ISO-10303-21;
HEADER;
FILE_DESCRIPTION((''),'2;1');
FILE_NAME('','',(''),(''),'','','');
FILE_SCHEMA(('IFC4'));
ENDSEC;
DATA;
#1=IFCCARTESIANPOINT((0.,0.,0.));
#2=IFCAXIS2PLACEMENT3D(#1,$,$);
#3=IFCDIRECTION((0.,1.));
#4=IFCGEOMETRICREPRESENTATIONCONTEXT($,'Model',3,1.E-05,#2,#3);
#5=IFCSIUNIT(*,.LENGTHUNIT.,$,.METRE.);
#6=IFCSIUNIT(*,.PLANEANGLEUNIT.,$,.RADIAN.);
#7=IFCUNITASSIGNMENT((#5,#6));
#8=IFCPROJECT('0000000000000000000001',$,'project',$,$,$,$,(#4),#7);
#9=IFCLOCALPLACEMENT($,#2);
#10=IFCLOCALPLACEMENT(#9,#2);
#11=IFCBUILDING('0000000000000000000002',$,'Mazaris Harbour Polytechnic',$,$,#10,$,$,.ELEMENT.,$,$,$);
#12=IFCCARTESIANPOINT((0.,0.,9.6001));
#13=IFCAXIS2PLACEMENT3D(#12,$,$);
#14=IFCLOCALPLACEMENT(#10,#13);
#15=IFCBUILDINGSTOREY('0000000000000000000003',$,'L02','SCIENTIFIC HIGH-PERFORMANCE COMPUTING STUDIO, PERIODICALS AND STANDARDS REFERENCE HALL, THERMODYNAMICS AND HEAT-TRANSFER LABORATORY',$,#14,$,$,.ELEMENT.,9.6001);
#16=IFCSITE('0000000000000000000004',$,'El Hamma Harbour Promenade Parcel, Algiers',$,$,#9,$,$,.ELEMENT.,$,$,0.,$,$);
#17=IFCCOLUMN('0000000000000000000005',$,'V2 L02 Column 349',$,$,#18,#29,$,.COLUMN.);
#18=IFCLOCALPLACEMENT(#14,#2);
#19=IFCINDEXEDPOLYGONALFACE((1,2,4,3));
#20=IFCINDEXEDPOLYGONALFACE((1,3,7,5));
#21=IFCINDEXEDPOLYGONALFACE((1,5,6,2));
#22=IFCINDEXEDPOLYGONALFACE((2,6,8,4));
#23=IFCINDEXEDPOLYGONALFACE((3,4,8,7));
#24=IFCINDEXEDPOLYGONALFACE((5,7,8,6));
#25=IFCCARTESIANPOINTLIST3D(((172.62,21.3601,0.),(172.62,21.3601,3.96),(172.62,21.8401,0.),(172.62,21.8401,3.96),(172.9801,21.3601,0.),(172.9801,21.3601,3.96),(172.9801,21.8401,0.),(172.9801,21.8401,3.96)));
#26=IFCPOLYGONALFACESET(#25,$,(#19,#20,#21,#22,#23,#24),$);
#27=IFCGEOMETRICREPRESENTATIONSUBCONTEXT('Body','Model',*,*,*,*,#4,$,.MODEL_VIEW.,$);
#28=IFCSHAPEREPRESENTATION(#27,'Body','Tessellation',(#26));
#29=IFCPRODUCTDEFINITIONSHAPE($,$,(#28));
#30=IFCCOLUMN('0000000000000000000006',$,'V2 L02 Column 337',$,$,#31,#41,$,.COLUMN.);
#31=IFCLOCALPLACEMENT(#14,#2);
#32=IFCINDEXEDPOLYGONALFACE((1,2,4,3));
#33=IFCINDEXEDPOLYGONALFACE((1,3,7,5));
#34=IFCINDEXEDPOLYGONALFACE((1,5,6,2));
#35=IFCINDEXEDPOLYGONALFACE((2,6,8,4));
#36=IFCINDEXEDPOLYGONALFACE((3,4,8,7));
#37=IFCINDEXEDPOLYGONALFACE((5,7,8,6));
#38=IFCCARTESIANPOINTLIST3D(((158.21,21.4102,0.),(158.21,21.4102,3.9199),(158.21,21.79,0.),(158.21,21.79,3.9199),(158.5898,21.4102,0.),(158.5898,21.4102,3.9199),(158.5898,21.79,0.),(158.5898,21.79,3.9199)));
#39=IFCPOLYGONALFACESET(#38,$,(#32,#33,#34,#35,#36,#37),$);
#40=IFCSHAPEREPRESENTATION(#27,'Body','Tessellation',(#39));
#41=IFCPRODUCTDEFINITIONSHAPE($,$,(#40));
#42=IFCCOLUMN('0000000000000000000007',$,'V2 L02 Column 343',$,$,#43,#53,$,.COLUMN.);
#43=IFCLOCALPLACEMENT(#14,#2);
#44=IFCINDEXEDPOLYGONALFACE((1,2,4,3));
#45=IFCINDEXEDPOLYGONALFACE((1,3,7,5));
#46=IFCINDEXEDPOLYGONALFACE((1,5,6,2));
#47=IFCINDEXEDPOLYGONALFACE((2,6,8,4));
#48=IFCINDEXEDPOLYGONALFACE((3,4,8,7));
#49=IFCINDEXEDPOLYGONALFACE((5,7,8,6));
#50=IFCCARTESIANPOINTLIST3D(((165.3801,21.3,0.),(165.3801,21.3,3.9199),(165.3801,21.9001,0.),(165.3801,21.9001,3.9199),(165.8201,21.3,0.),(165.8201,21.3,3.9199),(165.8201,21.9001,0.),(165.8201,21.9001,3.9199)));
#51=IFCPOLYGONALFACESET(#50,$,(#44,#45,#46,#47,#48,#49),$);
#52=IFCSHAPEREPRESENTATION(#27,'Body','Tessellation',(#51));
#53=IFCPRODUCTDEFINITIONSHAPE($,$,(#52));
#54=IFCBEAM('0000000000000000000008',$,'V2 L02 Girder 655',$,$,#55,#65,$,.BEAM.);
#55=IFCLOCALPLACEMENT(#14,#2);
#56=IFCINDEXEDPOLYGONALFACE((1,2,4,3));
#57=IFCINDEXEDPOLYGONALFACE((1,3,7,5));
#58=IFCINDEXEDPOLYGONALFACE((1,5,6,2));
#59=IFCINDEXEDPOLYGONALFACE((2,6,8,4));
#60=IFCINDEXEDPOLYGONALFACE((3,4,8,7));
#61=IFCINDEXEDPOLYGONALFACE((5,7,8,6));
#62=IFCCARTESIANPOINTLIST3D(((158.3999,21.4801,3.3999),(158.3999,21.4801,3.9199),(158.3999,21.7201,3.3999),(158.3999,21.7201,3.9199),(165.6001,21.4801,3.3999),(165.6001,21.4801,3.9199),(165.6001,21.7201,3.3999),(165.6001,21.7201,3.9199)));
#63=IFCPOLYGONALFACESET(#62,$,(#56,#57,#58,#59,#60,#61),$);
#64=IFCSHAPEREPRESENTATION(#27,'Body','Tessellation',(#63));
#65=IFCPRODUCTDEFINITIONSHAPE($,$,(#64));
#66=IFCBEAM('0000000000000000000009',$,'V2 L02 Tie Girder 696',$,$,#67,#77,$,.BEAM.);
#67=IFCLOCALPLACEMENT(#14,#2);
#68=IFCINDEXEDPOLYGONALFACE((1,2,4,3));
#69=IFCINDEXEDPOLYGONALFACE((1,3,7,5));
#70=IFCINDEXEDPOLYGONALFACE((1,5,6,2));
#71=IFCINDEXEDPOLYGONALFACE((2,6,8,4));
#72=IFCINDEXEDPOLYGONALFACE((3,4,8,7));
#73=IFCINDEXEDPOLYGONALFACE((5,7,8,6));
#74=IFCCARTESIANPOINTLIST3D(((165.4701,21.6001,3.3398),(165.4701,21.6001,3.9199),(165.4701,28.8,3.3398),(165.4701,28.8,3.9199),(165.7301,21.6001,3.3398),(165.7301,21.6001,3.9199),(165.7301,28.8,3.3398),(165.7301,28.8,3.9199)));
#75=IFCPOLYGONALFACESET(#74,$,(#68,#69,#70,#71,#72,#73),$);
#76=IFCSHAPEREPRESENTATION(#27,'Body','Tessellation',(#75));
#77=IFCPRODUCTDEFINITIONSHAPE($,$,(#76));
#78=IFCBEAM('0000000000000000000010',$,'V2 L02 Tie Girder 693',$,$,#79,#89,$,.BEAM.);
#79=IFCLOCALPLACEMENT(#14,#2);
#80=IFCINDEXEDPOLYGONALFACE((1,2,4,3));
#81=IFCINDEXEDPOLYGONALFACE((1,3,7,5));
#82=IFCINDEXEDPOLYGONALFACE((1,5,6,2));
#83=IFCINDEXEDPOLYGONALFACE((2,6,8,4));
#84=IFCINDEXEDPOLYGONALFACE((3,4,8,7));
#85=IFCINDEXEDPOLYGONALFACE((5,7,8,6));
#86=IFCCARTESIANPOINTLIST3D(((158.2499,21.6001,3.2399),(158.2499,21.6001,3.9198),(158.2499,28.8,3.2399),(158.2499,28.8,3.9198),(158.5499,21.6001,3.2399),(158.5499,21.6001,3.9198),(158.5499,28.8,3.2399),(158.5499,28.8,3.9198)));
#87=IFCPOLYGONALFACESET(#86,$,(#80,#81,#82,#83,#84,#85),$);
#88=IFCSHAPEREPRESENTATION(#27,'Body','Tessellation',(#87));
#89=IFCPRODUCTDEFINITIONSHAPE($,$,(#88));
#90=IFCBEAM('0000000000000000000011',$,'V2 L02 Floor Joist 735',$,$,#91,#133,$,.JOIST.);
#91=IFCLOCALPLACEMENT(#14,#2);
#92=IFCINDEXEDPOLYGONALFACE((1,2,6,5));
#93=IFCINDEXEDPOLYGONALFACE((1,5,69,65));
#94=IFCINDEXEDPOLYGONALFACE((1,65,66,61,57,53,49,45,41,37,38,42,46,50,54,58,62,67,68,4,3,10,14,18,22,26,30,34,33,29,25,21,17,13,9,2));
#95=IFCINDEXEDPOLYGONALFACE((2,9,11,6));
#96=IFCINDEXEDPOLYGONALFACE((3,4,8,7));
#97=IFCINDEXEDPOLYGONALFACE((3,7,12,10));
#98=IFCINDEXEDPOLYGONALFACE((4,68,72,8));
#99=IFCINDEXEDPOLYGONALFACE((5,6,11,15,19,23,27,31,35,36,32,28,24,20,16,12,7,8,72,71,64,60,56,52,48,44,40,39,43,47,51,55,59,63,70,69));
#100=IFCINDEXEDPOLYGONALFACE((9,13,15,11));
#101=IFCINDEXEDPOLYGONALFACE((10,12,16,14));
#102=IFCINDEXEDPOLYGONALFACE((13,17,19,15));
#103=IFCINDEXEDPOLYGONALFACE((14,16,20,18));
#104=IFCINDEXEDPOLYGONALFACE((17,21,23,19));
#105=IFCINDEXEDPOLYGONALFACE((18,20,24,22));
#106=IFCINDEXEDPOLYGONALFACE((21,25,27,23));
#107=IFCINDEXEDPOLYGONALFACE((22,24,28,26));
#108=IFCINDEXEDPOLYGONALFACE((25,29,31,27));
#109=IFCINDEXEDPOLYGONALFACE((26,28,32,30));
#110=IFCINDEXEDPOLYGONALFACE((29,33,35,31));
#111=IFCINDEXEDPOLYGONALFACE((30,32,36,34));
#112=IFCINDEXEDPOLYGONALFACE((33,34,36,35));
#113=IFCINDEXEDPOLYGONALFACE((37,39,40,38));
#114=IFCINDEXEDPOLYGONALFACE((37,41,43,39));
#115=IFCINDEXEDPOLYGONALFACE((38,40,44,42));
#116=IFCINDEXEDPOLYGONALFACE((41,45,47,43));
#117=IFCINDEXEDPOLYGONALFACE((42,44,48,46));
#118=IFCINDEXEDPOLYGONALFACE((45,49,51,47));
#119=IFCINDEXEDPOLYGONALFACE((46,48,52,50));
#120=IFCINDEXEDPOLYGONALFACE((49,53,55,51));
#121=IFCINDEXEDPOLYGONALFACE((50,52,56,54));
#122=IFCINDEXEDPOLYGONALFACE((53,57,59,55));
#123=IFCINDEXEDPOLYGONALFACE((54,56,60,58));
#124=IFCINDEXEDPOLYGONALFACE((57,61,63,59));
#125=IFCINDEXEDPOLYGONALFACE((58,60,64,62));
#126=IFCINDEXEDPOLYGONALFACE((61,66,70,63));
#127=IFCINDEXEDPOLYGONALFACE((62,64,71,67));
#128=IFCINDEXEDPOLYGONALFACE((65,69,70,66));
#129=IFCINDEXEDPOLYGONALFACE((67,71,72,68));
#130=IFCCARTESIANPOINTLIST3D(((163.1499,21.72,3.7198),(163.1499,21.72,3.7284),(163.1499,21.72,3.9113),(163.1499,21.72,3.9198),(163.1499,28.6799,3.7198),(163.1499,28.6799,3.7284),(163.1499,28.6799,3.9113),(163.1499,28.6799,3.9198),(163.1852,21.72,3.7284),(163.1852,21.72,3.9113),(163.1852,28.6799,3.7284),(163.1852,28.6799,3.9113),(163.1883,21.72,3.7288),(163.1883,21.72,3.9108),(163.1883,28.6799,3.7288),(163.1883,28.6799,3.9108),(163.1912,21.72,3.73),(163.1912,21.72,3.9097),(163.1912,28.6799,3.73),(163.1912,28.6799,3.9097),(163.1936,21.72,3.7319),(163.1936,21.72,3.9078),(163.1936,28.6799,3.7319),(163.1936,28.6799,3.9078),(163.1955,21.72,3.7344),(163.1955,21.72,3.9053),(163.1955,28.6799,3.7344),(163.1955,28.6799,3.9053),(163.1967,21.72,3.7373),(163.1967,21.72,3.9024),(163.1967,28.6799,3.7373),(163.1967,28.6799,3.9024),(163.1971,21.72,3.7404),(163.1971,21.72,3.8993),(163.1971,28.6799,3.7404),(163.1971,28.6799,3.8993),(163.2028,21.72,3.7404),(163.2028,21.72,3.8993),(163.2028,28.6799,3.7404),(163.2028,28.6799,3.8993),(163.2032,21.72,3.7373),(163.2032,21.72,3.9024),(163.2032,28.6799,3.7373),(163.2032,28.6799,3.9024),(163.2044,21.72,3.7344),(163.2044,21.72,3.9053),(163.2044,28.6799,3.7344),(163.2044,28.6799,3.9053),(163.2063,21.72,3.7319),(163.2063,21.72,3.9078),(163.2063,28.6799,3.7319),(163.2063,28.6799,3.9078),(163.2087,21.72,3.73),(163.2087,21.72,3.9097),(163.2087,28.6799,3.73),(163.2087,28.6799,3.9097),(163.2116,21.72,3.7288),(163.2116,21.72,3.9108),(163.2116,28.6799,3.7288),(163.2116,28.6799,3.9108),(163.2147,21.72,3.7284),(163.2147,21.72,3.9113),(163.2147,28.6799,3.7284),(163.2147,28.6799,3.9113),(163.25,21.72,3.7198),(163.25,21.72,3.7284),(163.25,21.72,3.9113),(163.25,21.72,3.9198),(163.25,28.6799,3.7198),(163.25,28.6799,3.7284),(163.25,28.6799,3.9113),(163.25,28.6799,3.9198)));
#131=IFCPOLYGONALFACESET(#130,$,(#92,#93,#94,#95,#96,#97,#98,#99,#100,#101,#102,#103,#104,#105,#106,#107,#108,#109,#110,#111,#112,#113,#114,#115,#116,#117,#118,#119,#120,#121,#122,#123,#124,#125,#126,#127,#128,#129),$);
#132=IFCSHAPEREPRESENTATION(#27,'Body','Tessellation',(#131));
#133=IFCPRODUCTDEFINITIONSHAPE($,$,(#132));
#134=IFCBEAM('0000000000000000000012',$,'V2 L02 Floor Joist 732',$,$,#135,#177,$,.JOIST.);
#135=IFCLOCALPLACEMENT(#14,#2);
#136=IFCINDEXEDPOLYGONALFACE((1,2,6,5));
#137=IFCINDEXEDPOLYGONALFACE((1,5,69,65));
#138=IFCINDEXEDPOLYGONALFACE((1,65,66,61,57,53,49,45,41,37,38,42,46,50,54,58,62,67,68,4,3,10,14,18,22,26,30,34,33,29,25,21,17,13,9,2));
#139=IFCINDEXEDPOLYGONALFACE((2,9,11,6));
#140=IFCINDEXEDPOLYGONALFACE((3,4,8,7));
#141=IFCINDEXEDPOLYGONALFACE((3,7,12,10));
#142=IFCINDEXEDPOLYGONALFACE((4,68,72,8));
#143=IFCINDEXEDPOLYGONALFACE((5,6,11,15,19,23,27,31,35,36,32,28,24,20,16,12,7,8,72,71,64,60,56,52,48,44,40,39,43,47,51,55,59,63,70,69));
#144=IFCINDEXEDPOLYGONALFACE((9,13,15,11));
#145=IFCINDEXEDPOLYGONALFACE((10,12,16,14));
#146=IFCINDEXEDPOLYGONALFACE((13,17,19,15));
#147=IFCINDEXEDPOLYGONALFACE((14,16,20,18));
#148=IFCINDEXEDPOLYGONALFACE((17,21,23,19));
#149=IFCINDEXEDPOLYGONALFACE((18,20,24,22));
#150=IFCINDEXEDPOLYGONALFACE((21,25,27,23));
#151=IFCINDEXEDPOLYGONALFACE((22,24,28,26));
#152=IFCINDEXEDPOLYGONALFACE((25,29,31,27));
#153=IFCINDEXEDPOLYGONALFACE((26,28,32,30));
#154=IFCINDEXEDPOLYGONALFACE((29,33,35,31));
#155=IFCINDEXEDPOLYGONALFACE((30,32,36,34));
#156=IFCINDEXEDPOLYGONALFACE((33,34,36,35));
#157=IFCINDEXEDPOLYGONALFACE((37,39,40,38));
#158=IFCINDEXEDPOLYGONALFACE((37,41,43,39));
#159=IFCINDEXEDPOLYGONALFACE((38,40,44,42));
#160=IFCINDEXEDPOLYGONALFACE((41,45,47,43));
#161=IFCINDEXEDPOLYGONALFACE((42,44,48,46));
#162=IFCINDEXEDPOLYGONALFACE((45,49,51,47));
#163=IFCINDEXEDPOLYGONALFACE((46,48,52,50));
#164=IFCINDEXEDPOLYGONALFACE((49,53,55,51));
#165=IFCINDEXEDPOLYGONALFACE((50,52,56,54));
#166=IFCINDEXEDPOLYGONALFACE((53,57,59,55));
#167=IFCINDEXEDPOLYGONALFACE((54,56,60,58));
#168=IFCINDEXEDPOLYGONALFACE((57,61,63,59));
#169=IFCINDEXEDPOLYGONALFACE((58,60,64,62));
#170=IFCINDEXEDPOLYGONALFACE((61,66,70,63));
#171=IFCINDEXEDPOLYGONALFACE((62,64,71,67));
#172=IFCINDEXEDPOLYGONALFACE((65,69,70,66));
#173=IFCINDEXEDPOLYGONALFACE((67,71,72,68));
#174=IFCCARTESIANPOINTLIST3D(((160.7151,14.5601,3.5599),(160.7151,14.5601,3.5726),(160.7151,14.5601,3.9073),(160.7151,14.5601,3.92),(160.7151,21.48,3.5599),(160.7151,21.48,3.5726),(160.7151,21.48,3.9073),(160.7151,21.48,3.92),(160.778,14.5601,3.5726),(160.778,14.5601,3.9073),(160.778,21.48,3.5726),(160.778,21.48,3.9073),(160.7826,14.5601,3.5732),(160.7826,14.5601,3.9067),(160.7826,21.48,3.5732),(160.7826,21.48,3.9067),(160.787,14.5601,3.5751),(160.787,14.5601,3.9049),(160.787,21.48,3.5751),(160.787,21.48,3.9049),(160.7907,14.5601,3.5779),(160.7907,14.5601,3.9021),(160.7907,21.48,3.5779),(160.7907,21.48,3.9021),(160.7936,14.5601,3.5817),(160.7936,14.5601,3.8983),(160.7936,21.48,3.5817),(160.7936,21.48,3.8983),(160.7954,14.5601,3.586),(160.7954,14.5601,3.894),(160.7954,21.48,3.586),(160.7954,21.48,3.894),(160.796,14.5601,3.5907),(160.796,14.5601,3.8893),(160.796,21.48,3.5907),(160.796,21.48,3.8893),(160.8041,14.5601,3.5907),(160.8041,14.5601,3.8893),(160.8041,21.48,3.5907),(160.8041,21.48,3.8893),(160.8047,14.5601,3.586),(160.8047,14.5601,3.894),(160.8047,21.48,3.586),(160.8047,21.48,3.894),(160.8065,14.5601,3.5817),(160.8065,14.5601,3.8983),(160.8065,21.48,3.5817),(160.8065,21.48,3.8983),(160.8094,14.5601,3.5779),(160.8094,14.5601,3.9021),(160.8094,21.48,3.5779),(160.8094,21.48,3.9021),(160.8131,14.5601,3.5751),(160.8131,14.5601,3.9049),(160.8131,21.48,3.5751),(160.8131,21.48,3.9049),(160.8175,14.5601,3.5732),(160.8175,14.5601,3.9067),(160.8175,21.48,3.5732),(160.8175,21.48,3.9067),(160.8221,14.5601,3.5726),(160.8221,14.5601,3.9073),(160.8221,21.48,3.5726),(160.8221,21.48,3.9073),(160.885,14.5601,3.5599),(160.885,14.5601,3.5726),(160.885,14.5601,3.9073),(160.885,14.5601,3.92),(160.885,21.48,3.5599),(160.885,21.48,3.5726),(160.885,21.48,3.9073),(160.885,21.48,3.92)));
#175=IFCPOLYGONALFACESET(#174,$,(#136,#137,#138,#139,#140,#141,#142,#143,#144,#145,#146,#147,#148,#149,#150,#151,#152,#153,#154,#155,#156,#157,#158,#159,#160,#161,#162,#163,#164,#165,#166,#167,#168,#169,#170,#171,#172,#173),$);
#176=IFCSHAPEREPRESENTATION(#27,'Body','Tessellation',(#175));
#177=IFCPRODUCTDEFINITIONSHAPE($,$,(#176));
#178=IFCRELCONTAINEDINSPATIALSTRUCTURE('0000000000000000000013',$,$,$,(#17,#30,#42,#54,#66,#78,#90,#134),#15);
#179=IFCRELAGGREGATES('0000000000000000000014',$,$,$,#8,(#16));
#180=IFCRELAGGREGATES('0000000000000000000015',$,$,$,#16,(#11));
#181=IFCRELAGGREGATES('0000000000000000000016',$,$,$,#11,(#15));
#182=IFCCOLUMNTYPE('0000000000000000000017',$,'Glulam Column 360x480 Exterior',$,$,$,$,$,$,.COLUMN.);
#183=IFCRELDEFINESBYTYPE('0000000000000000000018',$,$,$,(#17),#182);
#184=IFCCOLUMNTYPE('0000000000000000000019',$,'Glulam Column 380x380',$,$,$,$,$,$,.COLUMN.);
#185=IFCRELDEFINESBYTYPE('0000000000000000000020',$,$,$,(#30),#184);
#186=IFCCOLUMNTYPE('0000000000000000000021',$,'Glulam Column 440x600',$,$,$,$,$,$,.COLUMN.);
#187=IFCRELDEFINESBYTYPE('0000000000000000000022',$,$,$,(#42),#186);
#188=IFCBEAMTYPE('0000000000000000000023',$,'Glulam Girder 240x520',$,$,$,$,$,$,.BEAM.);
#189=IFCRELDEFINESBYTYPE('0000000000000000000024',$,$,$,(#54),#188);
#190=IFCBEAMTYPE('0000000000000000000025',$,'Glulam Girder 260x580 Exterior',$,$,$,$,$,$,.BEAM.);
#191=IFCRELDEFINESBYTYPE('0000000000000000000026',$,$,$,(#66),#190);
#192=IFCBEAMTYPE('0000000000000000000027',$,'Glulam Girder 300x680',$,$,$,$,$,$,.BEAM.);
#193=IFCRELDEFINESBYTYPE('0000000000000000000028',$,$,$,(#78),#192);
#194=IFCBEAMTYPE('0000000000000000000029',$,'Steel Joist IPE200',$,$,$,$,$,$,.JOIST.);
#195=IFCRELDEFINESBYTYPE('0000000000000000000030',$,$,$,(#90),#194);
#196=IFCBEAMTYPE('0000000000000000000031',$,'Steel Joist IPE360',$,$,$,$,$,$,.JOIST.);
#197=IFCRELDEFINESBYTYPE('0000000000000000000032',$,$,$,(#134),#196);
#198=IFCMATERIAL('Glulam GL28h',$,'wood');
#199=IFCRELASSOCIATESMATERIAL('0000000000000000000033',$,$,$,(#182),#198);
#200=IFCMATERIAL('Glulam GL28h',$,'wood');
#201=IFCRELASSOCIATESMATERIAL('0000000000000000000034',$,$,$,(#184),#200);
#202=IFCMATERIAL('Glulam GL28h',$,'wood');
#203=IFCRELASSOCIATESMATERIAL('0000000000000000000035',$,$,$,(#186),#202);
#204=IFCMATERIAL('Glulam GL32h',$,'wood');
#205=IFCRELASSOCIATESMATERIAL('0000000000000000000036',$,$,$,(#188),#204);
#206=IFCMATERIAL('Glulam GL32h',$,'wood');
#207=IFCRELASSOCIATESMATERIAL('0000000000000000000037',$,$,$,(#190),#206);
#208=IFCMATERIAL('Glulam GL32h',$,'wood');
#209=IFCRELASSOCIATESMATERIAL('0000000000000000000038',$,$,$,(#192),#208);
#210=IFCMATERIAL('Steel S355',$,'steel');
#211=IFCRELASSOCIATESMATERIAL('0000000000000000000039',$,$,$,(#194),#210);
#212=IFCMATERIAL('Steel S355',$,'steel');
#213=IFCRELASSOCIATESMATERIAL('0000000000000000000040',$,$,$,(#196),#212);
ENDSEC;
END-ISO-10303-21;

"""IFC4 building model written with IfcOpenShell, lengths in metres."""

from ifc_helpers import new_model, si_unit, direction, frame, origin, origin_2d, place, context, subcontext, project, spatial, rectangle, i_section, extrude, material, material_profile, profile_set, type_object, element, save


model = new_model("IFC4")

# Units and contexts
model_context = context("Model", 3, precision=1e-05, world=origin(), true_north=direction((0.0, 1.0)))
body_context = subcontext(model_context, "Body", "Model", "MODEL_VIEW")
ifc_project = project(units=[si_unit("LENGTHUNIT", "METRE"), si_unit("PLANEANGLEUNIT", "RADIAN")], contexts=[model_context])

# Site, building, storey
site_placement = place(None, origin())
site = spatial("IfcSite", under=ifc_project, at=site_placement, Name="El Hamma Harbour Promenade Parcel, Algiers", CompositionType="ELEMENT", RefElevation=0.0)
building_placement = place(site_placement, origin())
building = spatial("IfcBuilding", under=site, at=building_placement, Name="Mazaris Harbour Polytechnic", CompositionType="ELEMENT")
storey_placement = place(building_placement, frame((0.0, 0.0, 9.6001)))
storey = spatial("IfcBuildingStorey", under=building, at=storey_placement, Name="L02", Description="SCIENTIFIC HIGH-PERFORMANCE COMPUTING STUDIO, PERIODICALS AND STANDARDS REFERENCE HALL, THERMODYNAMICS AND HEAT-TRANSFER LABORATORY", CompositionType="ELEMENT", Elevation=9.6001)

# Columns
ifc_material_1 = material(Name="Glulam GL28h", Category="wood")
ifc_material_profile_1 = material_profile(ifc_material_1, rectangle(XDim=0.3601, YDim=0.48, at=origin_2d()), Name="RECT360x480")
ifc_profile_set_1 = profile_set([ifc_material_profile_1], Name="Glulam GL28h")
column_type_1 = type_object("IfcColumnType", Name="Glulam Column 360x480 Exterior", PredefinedType="COLUMN", material=ifc_profile_set_1)
column_1_placement = place(storey_placement, frame((172.8, 21.6001, 0.0), z_axis=(0.0, 0.0, 1.0), x_axis=(1.0, 0.0, 0.0)))
element("IfcColumn", 1, at=column_1_placement, inside=storey, type_object=column_type_1, Name="V2 L02 Column 349", PredefinedType="COLUMN", context=body_context, shape_type="SweptSolid", body=[
    extrude(rectangle(XDim=0.3601, YDim=0.48, at=origin_2d()), origin(), (0.0, 0.0, 1.0), 3.96),
])
ifc_material_2 = material(Name="Glulam GL28h", Category="wood")
ifc_material_profile_2 = material_profile(ifc_material_2, rectangle(XDim=0.3799, YDim=0.3799, at=origin_2d()), Name="RECT380x380")
ifc_profile_set_2 = profile_set([ifc_material_profile_2], Name="Glulam GL28h")
column_type_2 = type_object("IfcColumnType", Name="Glulam Column 380x380", PredefinedType="COLUMN", material=ifc_profile_set_2)
column_2_placement = place(storey_placement, frame((158.3999, 21.6001, 0.0), z_axis=(0.0, 0.0, 1.0), x_axis=(1.0, 0.0, 0.0)))
element("IfcColumn", 2, at=column_2_placement, inside=storey, type_object=column_type_2, Name="V2 L02 Column 337", PredefinedType="COLUMN", context=body_context, shape_type="SweptSolid", body=[
    extrude(rectangle(XDim=0.3799, YDim=0.3799, at=origin_2d()), origin(), (0.0, 0.0, 1.0), 3.9199),
])
ifc_material_3 = material(Name="Glulam GL28h", Category="wood")
ifc_material_profile_3 = material_profile(ifc_material_3, rectangle(XDim=0.4399, YDim=0.6001, at=origin_2d()), Name="RECT440x600")
ifc_profile_set_3 = profile_set([ifc_material_profile_3], Name="Glulam GL28h")
column_type_3 = type_object("IfcColumnType", Name="Glulam Column 440x600", PredefinedType="COLUMN", material=ifc_profile_set_3)
column_3_placement = place(storey_placement, frame((165.6001, 21.6001, 0.0), z_axis=(0.0, 0.0, 1.0), x_axis=(1.0, 0.0, 0.0)))
element("IfcColumn", 3, at=column_3_placement, inside=storey, type_object=column_type_3, Name="V2 L02 Column 343", PredefinedType="COLUMN", context=body_context, shape_type="SweptSolid", body=[
    extrude(rectangle(XDim=0.4399, YDim=0.6001, at=origin_2d()), origin(), (0.0, 0.0, 1.0), 3.9199),
])

# Beams
ifc_material_4 = material(Name="Glulam GL32h", Category="wood")
ifc_material_profile_4 = material_profile(ifc_material_4, rectangle(XDim=0.24, YDim=0.52, at=origin_2d()), Name="RECT240x520")
ifc_profile_set_4 = profile_set([ifc_material_profile_4], Name="Glulam GL32h")
beam_type_1 = type_object("IfcBeamType", Name="Glulam Girder 240x520", PredefinedType="BEAM", material=ifc_profile_set_4)
beam_1_placement = place(storey_placement, frame((158.3999, 21.6001, 3.6599), z_axis=(1.0, 0.0, 0.0), x_axis=(0.0, 1.0, 0.0)))
element("IfcBeam", 4, at=beam_1_placement, inside=storey, type_object=beam_type_1, Name="V2 L02 Girder 655", PredefinedType="BEAM", context=body_context, shape_type="SweptSolid", body=[
    extrude(rectangle(XDim=0.24, YDim=0.52, at=origin_2d()), origin(), (0.0, 0.0, 1.0), 7.2002),
])
ifc_material_5 = material(Name="Glulam GL32h", Category="wood")
ifc_material_profile_5 = material_profile(ifc_material_5, rectangle(XDim=0.26, YDim=0.5801, at=origin_2d()), Name="RECT260x580")
ifc_profile_set_5 = profile_set([ifc_material_profile_5], Name="Glulam GL32h")
beam_type_2 = type_object("IfcBeamType", Name="Glulam Girder 260x580 Exterior", PredefinedType="BEAM", material=ifc_profile_set_5)
beam_2_placement = place(storey_placement, frame((165.6001, 21.6001, 3.6299), z_axis=(0.0, 1.0, 0.0), x_axis=(-1.0, 0.0, 0.0)))
element("IfcBeam", 5, at=beam_2_placement, inside=storey, type_object=beam_type_2, Name="V2 L02 Tie Girder 696", PredefinedType="BEAM", context=body_context, shape_type="SweptSolid", body=[
    extrude(rectangle(XDim=0.26, YDim=0.5801, at=origin_2d()), origin(), (0.0, 0.0, 1.0), 7.2),
])
ifc_material_6 = material(Name="Glulam GL32h", Category="wood")
ifc_material_profile_6 = material_profile(ifc_material_6, rectangle(XDim=0.3, YDim=0.6799, at=origin_2d()), Name="RECT300x680")
ifc_profile_set_6 = profile_set([ifc_material_profile_6], Name="Glulam GL32h")
beam_type_3 = type_object("IfcBeamType", Name="Glulam Girder 300x680", PredefinedType="BEAM", material=ifc_profile_set_6)
beam_3_placement = place(storey_placement, frame((158.3999, 21.6001, 3.5798), z_axis=(0.0, 1.0, 0.0), x_axis=(-1.0, 0.0, 0.0)))
element("IfcBeam", 6, at=beam_3_placement, inside=storey, type_object=beam_type_3, Name="V2 L02 Tie Girder 693", PredefinedType="BEAM", context=body_context, shape_type="SweptSolid", body=[
    extrude(rectangle(XDim=0.3, YDim=0.6799, at=origin_2d()), origin(), (0.0, 0.0, 1.0), 7.2),
])
ifc_material_7 = material(Name="Steel S355", Category="steel")
ifc_material_profile_7 = material_profile(ifc_material_7, i_section(OverallWidth=0.1001, OverallDepth=0.2, WebThickness=0.0056, FlangeThickness=0.0085, FilletRadius=0.012, at=origin_2d()), Name="IPE 200")
ifc_profile_set_7 = profile_set([ifc_material_profile_7], Name="Steel S355")
beam_type_4 = type_object("IfcBeamType", Name="Steel Joist IPE200", PredefinedType="JOIST", material=ifc_profile_set_7)
beam_4_placement = place(storey_placement, frame((163.2, 21.72, 3.8198), z_axis=(0.0, 1.0, 0.0), x_axis=(-1.0, 0.0, 0.0)))
element("IfcBeam", 7, at=beam_4_placement, inside=storey, type_object=beam_type_4, Name="V2 L02 Floor Joist 735", PredefinedType="JOIST", context=body_context, shape_type="SweptSolid", body=[
    extrude(i_section(OverallWidth=0.1001, OverallDepth=0.2, WebThickness=0.0056, FlangeThickness=0.0085, FilletRadius=0.012, at=origin_2d()), origin(), (0.0, 0.0, 1.0), 6.96),
])
ifc_material_8 = material(Name="Steel S355", Category="steel")
ifc_material_profile_8 = material_profile(ifc_material_8, i_section(OverallWidth=0.1699, OverallDepth=0.3601, WebThickness=0.0081, FlangeThickness=0.0127, FilletRadius=0.0181, at=origin_2d()), Name="IPE 360")
ifc_profile_set_8 = profile_set([ifc_material_profile_8], Name="Steel S355")
beam_type_5 = type_object("IfcBeamType", Name="Steel Joist IPE360", PredefinedType="JOIST", material=ifc_profile_set_8)
beam_5_placement = place(storey_placement, frame((160.8, 14.5601, 3.74), z_axis=(0.0, 1.0, 0.0), x_axis=(-1.0, 0.0, 0.0)))
element("IfcBeam", 8, at=beam_5_placement, inside=storey, type_object=beam_type_5, Name="V2 L02 Floor Joist 732", PredefinedType="JOIST", context=body_context, shape_type="SweptSolid", body=[
    extrude(i_section(OverallWidth=0.1699, OverallDepth=0.3601, WebThickness=0.0081, FlangeThickness=0.0127, FilletRadius=0.0181, at=origin_2d()), origin(), (0.0, 0.0, 1.0), 6.9199),
])

save(model, "model.ifc")
